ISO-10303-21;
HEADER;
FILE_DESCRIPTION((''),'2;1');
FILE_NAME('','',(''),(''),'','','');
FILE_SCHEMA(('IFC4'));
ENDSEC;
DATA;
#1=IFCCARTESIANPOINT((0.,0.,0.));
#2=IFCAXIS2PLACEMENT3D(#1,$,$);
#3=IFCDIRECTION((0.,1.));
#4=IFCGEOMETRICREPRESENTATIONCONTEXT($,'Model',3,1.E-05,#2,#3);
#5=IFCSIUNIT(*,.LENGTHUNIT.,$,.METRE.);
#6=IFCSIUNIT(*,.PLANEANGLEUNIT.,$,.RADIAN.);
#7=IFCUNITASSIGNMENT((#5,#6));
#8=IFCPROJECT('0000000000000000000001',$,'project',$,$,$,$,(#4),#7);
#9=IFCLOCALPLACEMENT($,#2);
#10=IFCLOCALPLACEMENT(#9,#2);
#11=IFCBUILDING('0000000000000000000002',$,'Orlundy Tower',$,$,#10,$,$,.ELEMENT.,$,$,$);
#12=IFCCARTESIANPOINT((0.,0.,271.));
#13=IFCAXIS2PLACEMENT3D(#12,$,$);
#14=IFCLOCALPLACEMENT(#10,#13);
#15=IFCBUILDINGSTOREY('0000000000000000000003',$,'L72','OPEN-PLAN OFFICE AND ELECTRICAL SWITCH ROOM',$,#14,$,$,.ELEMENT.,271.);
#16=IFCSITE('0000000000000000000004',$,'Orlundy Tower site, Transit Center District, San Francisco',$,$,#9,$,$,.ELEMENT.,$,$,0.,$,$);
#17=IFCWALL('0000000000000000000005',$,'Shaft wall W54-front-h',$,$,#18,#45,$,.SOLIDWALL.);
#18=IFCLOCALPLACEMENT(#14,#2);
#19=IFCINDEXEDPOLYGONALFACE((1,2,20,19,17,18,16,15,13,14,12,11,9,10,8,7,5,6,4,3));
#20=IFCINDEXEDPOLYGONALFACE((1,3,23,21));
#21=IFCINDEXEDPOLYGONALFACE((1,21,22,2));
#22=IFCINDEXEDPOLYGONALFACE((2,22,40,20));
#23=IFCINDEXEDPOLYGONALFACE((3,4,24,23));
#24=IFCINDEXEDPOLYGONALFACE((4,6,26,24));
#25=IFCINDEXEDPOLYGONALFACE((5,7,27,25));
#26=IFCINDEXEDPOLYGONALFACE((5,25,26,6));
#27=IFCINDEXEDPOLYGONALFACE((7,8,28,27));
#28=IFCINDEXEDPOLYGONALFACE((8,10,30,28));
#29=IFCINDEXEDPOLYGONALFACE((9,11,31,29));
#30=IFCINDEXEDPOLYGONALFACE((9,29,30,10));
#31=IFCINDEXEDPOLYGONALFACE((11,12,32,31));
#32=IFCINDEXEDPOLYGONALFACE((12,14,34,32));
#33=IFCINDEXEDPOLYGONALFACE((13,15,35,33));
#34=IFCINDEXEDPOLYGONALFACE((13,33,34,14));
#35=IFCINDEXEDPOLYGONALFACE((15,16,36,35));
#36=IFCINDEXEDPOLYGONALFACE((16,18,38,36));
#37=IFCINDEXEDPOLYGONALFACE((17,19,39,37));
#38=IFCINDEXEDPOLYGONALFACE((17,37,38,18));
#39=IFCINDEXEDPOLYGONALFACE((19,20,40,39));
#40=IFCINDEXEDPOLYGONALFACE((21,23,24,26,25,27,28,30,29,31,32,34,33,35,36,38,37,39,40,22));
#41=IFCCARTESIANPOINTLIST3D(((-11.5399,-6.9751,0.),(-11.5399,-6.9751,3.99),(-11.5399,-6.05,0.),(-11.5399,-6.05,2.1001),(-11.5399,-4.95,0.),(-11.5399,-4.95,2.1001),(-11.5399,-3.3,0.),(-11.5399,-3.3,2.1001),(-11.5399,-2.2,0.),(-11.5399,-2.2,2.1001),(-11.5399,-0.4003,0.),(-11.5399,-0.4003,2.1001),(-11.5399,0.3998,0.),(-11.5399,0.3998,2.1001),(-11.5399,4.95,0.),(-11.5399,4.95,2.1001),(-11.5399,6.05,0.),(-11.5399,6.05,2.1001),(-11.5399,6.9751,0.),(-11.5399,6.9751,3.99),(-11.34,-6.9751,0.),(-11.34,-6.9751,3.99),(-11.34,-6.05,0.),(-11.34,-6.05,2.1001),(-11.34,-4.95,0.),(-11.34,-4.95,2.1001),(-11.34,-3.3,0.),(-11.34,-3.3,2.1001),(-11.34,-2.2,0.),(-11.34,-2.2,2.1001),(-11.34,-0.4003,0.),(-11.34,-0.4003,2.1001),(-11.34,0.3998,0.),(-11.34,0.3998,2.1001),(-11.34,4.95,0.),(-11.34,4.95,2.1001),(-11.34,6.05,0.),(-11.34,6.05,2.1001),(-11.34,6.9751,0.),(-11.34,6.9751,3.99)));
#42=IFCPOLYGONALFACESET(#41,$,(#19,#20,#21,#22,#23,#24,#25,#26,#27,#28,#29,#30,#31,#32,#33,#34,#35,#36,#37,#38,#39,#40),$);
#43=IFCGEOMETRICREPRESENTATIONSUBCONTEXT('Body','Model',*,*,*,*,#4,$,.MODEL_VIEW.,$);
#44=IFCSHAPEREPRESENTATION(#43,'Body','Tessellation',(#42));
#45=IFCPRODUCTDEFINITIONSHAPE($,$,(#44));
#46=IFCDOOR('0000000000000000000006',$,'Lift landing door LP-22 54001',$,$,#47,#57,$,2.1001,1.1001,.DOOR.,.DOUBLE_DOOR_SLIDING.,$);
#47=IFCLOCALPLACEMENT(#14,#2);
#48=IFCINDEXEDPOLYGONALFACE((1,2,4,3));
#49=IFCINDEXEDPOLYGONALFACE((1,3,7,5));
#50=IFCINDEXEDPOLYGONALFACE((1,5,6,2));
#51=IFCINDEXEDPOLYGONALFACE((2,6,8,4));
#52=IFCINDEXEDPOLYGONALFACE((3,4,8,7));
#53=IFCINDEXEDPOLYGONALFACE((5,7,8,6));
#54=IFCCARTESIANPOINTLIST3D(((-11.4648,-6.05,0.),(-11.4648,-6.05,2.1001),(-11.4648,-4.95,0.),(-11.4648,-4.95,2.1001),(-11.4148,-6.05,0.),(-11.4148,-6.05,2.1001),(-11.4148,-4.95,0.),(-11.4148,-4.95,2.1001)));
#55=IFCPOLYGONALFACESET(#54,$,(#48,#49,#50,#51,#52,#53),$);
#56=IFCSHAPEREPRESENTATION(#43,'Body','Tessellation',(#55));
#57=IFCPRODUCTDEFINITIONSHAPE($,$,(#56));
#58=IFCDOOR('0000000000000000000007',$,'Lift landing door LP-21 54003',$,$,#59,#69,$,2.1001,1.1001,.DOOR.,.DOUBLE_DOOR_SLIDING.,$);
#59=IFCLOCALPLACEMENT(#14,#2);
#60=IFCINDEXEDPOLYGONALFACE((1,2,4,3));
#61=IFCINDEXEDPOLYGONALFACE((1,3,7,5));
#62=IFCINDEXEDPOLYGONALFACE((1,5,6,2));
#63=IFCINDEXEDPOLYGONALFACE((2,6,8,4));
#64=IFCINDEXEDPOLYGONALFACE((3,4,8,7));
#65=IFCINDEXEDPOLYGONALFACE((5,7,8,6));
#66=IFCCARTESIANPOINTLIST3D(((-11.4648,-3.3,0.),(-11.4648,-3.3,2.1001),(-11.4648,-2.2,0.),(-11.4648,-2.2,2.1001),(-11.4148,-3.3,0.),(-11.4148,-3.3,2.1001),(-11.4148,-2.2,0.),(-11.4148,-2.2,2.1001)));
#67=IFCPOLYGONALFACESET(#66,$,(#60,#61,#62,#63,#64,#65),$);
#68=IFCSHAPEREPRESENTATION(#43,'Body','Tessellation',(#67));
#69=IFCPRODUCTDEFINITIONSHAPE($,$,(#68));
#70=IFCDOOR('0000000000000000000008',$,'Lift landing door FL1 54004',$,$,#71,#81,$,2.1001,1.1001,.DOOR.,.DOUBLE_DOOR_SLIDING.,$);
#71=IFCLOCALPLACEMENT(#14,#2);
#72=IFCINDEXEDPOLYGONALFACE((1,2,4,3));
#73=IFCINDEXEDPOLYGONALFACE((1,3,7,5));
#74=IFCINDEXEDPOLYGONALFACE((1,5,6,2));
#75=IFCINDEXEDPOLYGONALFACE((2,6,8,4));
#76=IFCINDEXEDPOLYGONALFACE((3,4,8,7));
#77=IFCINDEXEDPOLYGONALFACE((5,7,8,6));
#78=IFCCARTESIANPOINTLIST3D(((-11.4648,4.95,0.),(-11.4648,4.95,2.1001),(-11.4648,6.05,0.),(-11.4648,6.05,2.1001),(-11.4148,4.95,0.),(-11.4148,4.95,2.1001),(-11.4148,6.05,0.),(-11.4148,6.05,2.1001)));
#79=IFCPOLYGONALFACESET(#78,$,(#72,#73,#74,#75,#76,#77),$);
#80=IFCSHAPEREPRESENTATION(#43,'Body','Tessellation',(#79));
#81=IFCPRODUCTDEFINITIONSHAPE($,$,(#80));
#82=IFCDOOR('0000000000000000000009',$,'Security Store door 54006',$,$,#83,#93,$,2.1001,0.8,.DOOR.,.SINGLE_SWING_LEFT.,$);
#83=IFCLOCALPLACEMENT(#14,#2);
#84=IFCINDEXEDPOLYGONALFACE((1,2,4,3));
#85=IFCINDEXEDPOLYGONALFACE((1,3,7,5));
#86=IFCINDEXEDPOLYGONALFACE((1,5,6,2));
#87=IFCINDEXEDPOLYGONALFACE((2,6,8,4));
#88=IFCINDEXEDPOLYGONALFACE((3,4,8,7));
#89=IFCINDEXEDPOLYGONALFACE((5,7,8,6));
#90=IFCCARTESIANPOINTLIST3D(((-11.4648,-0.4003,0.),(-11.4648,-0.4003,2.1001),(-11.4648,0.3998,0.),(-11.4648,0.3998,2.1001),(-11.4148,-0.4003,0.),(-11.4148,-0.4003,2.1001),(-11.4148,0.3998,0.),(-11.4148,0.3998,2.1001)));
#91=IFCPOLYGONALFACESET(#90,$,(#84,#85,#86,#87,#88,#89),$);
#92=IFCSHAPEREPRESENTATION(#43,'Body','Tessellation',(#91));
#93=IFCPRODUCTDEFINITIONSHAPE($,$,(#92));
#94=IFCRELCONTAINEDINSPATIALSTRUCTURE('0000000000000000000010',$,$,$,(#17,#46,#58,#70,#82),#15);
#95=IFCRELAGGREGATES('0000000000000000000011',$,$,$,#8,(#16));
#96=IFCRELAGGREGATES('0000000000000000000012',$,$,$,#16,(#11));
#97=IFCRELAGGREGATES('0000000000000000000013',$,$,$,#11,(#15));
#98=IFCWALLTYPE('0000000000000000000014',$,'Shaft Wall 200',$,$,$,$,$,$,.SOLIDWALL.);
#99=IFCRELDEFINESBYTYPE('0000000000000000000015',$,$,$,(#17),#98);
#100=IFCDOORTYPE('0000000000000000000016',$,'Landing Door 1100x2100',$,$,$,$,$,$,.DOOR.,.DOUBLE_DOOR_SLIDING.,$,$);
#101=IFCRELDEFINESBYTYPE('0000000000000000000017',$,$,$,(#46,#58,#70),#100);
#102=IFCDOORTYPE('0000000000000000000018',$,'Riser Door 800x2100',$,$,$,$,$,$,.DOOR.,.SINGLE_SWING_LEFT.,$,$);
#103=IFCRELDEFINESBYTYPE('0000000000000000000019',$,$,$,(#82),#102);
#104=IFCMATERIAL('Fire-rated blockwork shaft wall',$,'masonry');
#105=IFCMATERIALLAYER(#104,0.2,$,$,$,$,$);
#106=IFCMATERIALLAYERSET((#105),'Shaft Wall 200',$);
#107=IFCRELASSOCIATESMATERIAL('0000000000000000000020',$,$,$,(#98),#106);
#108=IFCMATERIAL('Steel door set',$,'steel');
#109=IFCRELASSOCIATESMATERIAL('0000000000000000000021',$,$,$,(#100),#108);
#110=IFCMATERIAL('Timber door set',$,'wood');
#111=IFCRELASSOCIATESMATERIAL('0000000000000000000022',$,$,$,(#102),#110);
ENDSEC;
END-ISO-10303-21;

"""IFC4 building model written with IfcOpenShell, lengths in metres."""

from ifc_helpers import new_model, si_unit, direction, frame, frame_2d, origin, place, context, subcontext, project, spatial, rectangle, extrude, material, layer, layer_set, type_object, element, fill, save


model = new_model("IFC4")

# Units and contexts
model_context = context("Model", 3, precision=1e-05, world=origin(), true_north=direction((0.0, 1.0)))
body_context = subcontext(model_context, "Body", "Model", "MODEL_VIEW")
ifc_project = project(units=[si_unit("LENGTHUNIT", "METRE"), si_unit("PLANEANGLEUNIT", "RADIAN")], contexts=[model_context])

# Site, building, storey
site_placement = place(None, origin())
site = spatial("IfcSite", under=ifc_project, at=site_placement, Name="Orlundy Tower site, Transit Center District, San Francisco", CompositionType="ELEMENT", RefElevation=0.0)
building_placement = place(site_placement, origin())
building = spatial("IfcBuilding", under=site, at=building_placement, Name="Orlundy Tower", CompositionType="ELEMENT")
storey_placement = place(building_placement, frame((0.0, 0.0, 271.0)))
storey = spatial("IfcBuildingStorey", under=building, at=storey_placement, Name="L72", Description="OPEN-PLAN OFFICE AND ELECTRICAL SWITCH ROOM", CompositionType="ELEMENT", Elevation=271.0)

# Shared definitions
ifc_material_1 = material(Name="Fire-rated blockwork shaft wall", Category="masonry")
ifc_layer_1 = layer(ifc_material_1, 0.2)
ifc_layer_set_1 = layer_set([ifc_layer_1], Name="Shaft Wall 200")
wall_type_1 = type_object("IfcWallType", Name="Shaft Wall 200", PredefinedType="SOLIDWALL", material=ifc_layer_set_1)

# Wall, openings, doors
wall_1_placement = place(storey_placement, frame((-11.4399, -6.9751, 0.0), z_axis=(0.0, 0.0, 1.0), x_axis=(0.0, 1.0, 0.0)))
wall_1 = element("IfcWall", 1, at=wall_1_placement, inside=storey, type_object=wall_type_1, Name="Shaft wall W54-front-h", PredefinedType="SOLIDWALL", context=body_context, shape_type="SweptSolid", body=[
    extrude(rectangle(XDim=13.9502, YDim=0.2, at=frame_2d((6.9751, 0.0))), origin(), (0.0, 0.0, 1.0), 3.99),
])
opening_1_placement = place(wall_1_placement, frame((0.925, 0.0, 0.0)))
opening_1 = element("IfcOpeningElement", 2, at=opening_1_placement, cuts=wall_1, PredefinedType="OPENING", context=body_context, shape_type="SweptSolid", body=[
    extrude(rectangle(XDim=1.1001, YDim=2.1001, at=frame_2d((0.55, 1.05))), frame((0.0, 0.1101, 0.0), z_axis=(0.0, -1.0, 0.0), x_axis=(1.0, 0.0, 0.0)), (0.0, 0.0, 1.0), 0.2202),
])
opening_2_placement = place(wall_1_placement, frame((3.675, 0.0, 0.0)))
opening_2 = element("IfcOpeningElement", 3, at=opening_2_placement, cuts=wall_1, PredefinedType="OPENING", context=body_context, shape_type="SweptSolid", body=[
    extrude(rectangle(XDim=1.1001, YDim=2.1001, at=frame_2d((0.55, 1.05))), frame((0.0, 0.1101, 0.0), z_axis=(0.0, -1.0, 0.0), x_axis=(1.0, 0.0, 0.0)), (0.0, 0.0, 1.0), 0.2202),
])
opening_3_placement = place(wall_1_placement, frame((11.925, 0.0, 0.0)))
opening_3 = element("IfcOpeningElement", 4, at=opening_3_placement, cuts=wall_1, PredefinedType="OPENING", context=body_context, shape_type="SweptSolid", body=[
    extrude(rectangle(XDim=1.1001, YDim=2.1001, at=frame_2d((0.55, 1.05))), frame((0.0, 0.1101, 0.0), z_axis=(0.0, -1.0, 0.0), x_axis=(1.0, 0.0, 0.0)), (0.0, 0.0, 1.0), 0.2202),
])
opening_4_placement = place(wall_1_placement, frame((6.575, 0.0, 0.0)))
opening_4 = element("IfcOpeningElement", 5, at=opening_4_placement, cuts=wall_1, PredefinedType="OPENING", context=body_context, shape_type="SweptSolid", body=[
    extrude(rectangle(XDim=0.8, YDim=2.1001, at=frame_2d((0.3999, 1.05))), frame((0.0, 0.1101, 0.0), z_axis=(0.0, -1.0, 0.0), x_axis=(1.0, 0.0, 0.0)), (0.0, 0.0, 1.0), 0.2202),
])
ifc_material_2 = material(Name="Steel door set", Category="steel")
door_type_1 = type_object("IfcDoorType", Name="Landing Door 1100x2100", OperationType="DOUBLE_DOOR_SLIDING", PredefinedType="DOOR", material=ifc_material_2)
door_1_placement = place(opening_1_placement, origin())
door_1 = element("IfcDoor", 6, at=door_1_placement, inside=storey, type_object=door_type_1, Name="Lift landing door LP-22 54001", OperationType="DOUBLE_DOOR_SLIDING", OverallHeight=2.1001, OverallWidth=1.1001, PredefinedType="DOOR", context=body_context, shape_type="SweptSolid", body=[
    extrude(rectangle(XDim=1.1001, YDim=2.1001, at=frame_2d((0.55, 1.05))), frame((0.0, 0.0249, 0.0), z_axis=(0.0, -1.0, 0.0), x_axis=(1.0, 0.0, 0.0)), (0.0, 0.0, 1.0), 0.05),
])
fill(opening_1, door_1)
door_2_placement = place(opening_2_placement, origin())
door_2 = element("IfcDoor", 7, at=door_2_placement, inside=storey, type_object=door_type_1, Name="Lift landing door LP-21 54003", OperationType="DOUBLE_DOOR_SLIDING", OverallHeight=2.1001, OverallWidth=1.1001, PredefinedType="DOOR", context=body_context, shape_type="SweptSolid", body=[
    extrude(rectangle(XDim=1.1001, YDim=2.1001, at=frame_2d((0.55, 1.05))), frame((0.0, 0.0249, 0.0), z_axis=(0.0, -1.0, 0.0), x_axis=(1.0, 0.0, 0.0)), (0.0, 0.0, 1.0), 0.05),
])
fill(opening_2, door_2)
door_3_placement = place(opening_3_placement, origin())
door_3 = element("IfcDoor", 8, at=door_3_placement, inside=storey, type_object=door_type_1, Name="Lift landing door FL1 54004", OperationType="DOUBLE_DOOR_SLIDING", OverallHeight=2.1001, OverallWidth=1.1001, PredefinedType="DOOR", context=body_context, shape_type="SweptSolid", body=[
    extrude(rectangle(XDim=1.1001, YDim=2.1001, at=frame_2d((0.55, 1.05))), frame((0.0, 0.0249, 0.0), z_axis=(0.0, -1.0, 0.0), x_axis=(1.0, 0.0, 0.0)), (0.0, 0.0, 1.0), 0.05),
])
fill(opening_3, door_3)
ifc_material_3 = material(Name="Timber door set", Category="wood")
door_type_2 = type_object("IfcDoorType", Name="Riser Door 800x2100", OperationType="SINGLE_SWING_LEFT", PredefinedType="DOOR", material=ifc_material_3)
door_4_placement = place(opening_4_placement, origin())
door_4 = element("IfcDoor", 9, at=door_4_placement, inside=storey, type_object=door_type_2, Name="Security Store door 54006", OperationType="SINGLE_SWING_LEFT", OverallHeight=2.1001, OverallWidth=0.8, PredefinedType="DOOR", context=body_context, shape_type="SweptSolid", body=[
    extrude(rectangle(XDim=0.8, YDim=2.1001, at=frame_2d((0.3999, 1.05))), frame((0.0, 0.0249, 0.0), z_axis=(0.0, -1.0, 0.0), x_axis=(1.0, 0.0, 0.0)), (0.0, 0.0, 1.0), 0.05),
])
fill(opening_4, door_4)

save(model, "model.ifc")
